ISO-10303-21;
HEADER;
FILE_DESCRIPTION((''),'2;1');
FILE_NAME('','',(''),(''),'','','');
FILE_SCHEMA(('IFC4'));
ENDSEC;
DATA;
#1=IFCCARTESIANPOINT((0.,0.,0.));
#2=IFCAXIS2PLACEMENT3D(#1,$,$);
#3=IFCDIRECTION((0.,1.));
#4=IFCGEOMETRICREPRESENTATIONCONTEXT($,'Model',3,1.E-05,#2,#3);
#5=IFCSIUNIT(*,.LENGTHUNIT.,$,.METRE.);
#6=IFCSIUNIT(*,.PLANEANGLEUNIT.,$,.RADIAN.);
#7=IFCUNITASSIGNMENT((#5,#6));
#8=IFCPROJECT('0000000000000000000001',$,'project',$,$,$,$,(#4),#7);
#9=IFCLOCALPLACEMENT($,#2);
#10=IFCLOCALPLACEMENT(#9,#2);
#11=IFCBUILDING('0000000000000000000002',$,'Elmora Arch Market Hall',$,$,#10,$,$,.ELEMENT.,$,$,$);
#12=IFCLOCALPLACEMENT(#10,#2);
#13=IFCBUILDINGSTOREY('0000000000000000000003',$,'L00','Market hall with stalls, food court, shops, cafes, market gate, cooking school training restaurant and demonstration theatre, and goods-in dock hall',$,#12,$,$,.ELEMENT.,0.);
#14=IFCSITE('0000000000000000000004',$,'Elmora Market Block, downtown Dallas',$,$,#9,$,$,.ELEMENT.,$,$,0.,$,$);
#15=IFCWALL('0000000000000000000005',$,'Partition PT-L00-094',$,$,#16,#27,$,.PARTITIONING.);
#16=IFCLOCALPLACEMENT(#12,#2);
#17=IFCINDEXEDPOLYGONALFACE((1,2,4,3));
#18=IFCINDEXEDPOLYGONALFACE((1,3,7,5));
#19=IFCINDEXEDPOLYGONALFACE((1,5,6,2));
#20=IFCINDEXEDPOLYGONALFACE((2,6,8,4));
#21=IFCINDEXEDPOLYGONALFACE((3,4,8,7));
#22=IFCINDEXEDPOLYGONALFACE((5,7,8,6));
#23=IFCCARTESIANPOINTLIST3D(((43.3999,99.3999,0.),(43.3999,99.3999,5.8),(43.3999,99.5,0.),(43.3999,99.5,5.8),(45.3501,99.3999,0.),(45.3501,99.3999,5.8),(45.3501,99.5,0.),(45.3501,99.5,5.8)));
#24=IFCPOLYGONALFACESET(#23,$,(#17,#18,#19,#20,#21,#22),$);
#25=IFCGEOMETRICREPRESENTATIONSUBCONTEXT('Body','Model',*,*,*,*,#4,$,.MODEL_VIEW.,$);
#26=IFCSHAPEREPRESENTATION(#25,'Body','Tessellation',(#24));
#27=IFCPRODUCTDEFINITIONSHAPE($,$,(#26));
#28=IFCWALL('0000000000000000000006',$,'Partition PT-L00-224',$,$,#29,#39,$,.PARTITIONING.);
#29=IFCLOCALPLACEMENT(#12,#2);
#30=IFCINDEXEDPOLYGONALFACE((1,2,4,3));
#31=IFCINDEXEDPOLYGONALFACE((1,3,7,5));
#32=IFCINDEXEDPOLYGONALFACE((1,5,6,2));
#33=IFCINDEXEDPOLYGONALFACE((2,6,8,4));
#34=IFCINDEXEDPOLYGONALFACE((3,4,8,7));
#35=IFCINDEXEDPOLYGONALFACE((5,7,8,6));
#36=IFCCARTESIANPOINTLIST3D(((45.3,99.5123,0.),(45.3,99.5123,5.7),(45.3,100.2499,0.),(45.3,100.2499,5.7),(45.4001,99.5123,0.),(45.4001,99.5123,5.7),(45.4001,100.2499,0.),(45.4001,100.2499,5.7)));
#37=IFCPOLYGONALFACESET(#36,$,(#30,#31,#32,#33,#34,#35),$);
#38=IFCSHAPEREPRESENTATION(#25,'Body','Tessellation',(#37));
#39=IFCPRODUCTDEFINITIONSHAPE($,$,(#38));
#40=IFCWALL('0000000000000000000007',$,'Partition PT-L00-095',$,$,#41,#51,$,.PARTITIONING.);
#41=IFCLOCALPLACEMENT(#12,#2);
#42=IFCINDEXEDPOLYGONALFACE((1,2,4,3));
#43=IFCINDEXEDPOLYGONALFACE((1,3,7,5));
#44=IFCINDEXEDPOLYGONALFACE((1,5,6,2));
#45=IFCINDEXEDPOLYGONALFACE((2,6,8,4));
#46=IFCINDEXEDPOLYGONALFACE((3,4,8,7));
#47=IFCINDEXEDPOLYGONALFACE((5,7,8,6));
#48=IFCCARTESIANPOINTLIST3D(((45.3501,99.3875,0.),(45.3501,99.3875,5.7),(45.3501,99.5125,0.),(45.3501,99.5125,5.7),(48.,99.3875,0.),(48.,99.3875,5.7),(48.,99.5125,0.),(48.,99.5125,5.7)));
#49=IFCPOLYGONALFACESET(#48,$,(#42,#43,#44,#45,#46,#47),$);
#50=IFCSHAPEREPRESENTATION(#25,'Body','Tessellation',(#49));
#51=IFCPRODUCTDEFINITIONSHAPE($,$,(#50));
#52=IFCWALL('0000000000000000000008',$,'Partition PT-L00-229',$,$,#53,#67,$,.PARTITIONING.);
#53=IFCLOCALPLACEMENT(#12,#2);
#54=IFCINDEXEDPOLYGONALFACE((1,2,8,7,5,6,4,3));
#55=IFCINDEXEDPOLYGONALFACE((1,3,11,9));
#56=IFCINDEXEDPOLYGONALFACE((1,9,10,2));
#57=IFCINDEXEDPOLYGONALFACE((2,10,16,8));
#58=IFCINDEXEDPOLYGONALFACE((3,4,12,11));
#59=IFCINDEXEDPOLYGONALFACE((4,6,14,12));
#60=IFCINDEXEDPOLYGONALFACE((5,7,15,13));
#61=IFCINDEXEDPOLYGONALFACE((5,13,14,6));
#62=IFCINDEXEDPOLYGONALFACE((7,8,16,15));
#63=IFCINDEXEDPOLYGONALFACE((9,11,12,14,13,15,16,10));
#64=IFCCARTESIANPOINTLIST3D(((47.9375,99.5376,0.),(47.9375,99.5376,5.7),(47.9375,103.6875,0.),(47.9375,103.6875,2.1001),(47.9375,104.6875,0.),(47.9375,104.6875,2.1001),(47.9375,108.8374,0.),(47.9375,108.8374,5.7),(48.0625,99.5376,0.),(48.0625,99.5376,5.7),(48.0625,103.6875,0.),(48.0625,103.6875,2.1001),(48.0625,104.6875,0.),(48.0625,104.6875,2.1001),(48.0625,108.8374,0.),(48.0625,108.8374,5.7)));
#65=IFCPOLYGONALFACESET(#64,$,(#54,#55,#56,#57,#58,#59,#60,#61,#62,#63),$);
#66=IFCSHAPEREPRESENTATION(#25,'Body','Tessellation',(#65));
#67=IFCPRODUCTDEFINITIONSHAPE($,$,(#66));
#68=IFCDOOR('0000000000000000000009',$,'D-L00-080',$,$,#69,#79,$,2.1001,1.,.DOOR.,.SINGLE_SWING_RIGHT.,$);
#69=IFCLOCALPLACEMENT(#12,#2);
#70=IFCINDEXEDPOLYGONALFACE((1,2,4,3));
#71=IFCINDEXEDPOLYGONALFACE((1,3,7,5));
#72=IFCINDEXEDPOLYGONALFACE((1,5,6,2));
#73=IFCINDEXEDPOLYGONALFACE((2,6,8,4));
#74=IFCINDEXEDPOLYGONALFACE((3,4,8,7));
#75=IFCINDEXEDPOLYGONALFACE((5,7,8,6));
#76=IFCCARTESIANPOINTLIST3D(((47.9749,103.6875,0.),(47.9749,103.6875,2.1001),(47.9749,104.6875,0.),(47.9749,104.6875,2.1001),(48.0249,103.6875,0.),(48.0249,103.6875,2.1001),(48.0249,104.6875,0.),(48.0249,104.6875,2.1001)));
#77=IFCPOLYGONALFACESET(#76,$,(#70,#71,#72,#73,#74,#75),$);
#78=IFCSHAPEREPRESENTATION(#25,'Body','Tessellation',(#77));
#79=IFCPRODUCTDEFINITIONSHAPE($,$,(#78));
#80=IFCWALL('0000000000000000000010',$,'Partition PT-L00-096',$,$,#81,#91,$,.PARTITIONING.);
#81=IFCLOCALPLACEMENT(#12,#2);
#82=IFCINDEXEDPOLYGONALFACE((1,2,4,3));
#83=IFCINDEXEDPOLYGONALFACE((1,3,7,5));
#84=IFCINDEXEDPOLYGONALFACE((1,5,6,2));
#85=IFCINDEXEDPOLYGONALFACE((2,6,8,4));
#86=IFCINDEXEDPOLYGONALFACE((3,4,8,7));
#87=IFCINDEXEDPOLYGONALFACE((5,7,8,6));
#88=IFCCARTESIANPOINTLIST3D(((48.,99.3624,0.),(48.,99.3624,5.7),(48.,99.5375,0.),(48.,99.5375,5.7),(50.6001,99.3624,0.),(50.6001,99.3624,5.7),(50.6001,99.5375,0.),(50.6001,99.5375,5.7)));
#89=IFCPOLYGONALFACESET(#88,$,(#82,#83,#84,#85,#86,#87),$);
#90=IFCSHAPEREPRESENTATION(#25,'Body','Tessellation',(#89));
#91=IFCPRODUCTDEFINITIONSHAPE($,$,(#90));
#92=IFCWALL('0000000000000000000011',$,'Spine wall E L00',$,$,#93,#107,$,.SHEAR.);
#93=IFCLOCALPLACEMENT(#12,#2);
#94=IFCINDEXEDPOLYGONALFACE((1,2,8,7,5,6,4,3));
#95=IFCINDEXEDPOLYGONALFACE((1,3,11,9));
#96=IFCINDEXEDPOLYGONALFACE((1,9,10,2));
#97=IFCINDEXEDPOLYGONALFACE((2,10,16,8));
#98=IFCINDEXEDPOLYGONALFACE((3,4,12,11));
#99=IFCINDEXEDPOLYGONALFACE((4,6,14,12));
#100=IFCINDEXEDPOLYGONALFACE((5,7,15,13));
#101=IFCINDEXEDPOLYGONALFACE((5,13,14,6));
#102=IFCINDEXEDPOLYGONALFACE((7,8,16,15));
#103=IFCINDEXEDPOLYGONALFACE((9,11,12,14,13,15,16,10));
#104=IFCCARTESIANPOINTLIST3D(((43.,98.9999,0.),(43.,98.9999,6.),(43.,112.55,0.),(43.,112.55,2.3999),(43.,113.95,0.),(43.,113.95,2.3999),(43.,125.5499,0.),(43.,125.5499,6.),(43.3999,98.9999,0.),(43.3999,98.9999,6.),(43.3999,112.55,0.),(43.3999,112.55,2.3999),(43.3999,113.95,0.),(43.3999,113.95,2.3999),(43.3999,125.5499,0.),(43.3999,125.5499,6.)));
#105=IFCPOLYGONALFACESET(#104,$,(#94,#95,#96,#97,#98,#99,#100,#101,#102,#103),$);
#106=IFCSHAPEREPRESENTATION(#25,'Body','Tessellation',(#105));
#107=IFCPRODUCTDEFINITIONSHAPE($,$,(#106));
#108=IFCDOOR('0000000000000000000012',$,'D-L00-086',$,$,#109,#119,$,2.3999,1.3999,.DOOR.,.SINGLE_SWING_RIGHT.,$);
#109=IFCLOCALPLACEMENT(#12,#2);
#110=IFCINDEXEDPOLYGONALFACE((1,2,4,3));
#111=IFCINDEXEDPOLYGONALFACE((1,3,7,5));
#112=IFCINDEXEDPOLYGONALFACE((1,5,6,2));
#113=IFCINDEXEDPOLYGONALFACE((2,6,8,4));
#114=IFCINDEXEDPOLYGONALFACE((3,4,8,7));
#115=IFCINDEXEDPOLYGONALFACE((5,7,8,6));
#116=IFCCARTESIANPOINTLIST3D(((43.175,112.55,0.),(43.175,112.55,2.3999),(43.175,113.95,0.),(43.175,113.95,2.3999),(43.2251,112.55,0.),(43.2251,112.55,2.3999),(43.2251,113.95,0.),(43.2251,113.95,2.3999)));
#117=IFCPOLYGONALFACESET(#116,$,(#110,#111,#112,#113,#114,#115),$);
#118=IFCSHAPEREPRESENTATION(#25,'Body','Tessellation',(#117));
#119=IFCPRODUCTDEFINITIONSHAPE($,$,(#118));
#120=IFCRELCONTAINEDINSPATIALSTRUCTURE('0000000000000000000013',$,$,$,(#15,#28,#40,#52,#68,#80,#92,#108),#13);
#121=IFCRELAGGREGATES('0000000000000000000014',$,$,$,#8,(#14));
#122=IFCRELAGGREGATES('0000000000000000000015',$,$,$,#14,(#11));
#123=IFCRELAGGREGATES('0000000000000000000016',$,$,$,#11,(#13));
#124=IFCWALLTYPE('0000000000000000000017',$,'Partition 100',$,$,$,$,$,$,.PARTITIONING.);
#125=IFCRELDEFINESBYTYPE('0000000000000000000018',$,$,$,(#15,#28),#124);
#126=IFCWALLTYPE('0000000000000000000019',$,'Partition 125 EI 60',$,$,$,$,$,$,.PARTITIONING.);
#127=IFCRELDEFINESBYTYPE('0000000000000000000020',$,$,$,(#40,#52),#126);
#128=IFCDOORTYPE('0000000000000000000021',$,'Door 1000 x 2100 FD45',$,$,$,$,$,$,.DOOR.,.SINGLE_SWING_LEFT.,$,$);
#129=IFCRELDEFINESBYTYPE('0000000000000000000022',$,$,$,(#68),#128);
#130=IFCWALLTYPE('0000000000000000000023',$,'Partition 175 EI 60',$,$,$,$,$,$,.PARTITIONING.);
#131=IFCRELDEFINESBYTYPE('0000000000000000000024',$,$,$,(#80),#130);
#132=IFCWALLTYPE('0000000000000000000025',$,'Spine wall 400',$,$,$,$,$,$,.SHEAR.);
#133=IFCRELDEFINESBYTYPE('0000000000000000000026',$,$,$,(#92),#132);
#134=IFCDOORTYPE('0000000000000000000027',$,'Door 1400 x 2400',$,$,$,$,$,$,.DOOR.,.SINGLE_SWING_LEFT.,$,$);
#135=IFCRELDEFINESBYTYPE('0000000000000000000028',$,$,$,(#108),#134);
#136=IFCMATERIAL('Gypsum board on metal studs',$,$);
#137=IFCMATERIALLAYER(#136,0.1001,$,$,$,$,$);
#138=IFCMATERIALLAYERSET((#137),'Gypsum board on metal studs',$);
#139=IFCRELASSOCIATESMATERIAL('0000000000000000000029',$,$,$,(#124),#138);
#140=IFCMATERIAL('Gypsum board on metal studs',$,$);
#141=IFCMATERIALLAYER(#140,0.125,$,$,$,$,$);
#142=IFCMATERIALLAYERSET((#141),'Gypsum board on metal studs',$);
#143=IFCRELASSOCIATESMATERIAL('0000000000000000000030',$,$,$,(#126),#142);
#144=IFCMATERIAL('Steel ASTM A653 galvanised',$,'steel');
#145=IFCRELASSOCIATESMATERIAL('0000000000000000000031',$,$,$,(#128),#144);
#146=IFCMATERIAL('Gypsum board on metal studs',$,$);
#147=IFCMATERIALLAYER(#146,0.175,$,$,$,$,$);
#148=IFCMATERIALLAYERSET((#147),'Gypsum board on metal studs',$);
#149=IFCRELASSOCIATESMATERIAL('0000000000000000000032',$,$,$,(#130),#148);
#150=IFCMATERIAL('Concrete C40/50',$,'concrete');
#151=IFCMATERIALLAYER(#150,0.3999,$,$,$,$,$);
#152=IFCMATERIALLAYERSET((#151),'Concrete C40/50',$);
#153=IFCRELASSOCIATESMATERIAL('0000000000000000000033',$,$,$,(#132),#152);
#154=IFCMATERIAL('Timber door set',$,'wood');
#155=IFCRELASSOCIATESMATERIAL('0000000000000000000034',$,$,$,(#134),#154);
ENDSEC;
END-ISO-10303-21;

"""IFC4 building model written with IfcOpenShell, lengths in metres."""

from ifc_helpers import new_model, si_unit, direction, frame, frame_2d, origin, place, context, subcontext, project, spatial, rectangle, extrude, material, layer, layer_set, type_object, element, fill, save


model = new_model("IFC4")

# Units and contexts
model_context = context("Model", 3, precision=1e-05, world=origin(), true_north=direction((0.0, 1.0)))
body_context = subcontext(model_context, "Body", "Model", "MODEL_VIEW")
ifc_project = project(units=[si_unit("LENGTHUNIT", "METRE"), si_unit("PLANEANGLEUNIT", "RADIAN")], contexts=[model_context])

# Site, building, storey
site_placement = place(None, origin())
site = spatial("IfcSite", under=ifc_project, at=site_placement, Name="Elmora Market Block, downtown Dallas", CompositionType="ELEMENT", RefElevation=0.0)
building_placement = place(site_placement, origin())
building = spatial("IfcBuilding", under=site, at=building_placement, Name="Elmora Arch Market Hall", CompositionType="ELEMENT")
storey_placement = place(building_placement, origin())
storey = spatial("IfcBuildingStorey", under=building, at=storey_placement, Name="L00", Description="Market hall with stalls, food court, shops, cafes, market gate, cooking school training restaurant and demonstration theatre, and goods-in dock hall", CompositionType="ELEMENT", Elevation=0.0)

# Walls
ifc_material_1 = material(Name="Gypsum board on metal studs")
ifc_layer_1 = layer(ifc_material_1, 0.1001)
ifc_layer_set_1 = layer_set([ifc_layer_1], Name="Gypsum board on metal studs")
wall_type_1 = type_object("IfcWallType", Name="Partition 100", PredefinedType="PARTITIONING", material=ifc_layer_set_1)
wall_1_placement = place(storey_placement, frame((43.3999, 99.45, 0.0), z_axis=(0.0, 0.0, 1.0), x_axis=(1.0, 0.0, 0.0)))
element("IfcWall", 1, at=wall_1_placement, inside=storey, type_object=wall_type_1, Name="Partition PT-L00-094", PredefinedType="PARTITIONING", context=body_context, shape_type="SweptSolid", body=[
    extrude(rectangle(XDim=1.9502, YDim=0.1001, at=frame_2d((0.9751, 0.0))), origin(), (0.0, 0.0, 1.0), 5.8),
])
wall_2_placement = place(storey_placement, frame((45.3501, 99.5125, 0.0), z_axis=(0.0, 0.0, 1.0), x_axis=(0.0, 1.0, 0.0)))
element("IfcWall", 2, at=wall_2_placement, inside=storey, type_object=wall_type_1, Name="Partition PT-L00-224", PredefinedType="PARTITIONING", context=body_context, shape_type="SweptSolid", body=[
    extrude(rectangle(XDim=0.7375, YDim=0.1001, at=frame_2d((0.3687, 0.0))), origin(), (0.0, 0.0, 1.0), 5.7),
])
ifc_material_2 = material(Name="Gypsum board on metal studs")
ifc_layer_2 = layer(ifc_material_2, 0.125)
ifc_layer_set_2 = layer_set([ifc_layer_2], Name="Gypsum board on metal studs")
wall_type_2 = type_object("IfcWallType", Name="Partition 125 EI 60", PredefinedType="PARTITIONING", material=ifc_layer_set_2)
wall_3_placement = place(storey_placement, frame((45.3501, 99.45, 0.0), z_axis=(0.0, 0.0, 1.0), x_axis=(1.0, 0.0, 0.0)))
element("IfcWall", 3, at=wall_3_placement, inside=storey, type_object=wall_type_2, Name="Partition PT-L00-095", PredefinedType="PARTITIONING", context=body_context, shape_type="SweptSolid", body=[
    extrude(rectangle(XDim=2.6499, YDim=0.125, at=frame_2d((1.325, 0.0))), origin(), (0.0, 0.0, 1.0), 5.7),
])

# Wall, opening, door
wall_4_placement = place(storey_placement, frame((48.0, 99.5376, 0.0), z_axis=(0.0, 0.0, 1.0), x_axis=(0.0, 1.0, 0.0)))
wall_4 = element("IfcWall", 4, at=wall_4_placement, inside=storey, type_object=wall_type_2, Name="Partition PT-L00-229", PredefinedType="PARTITIONING", context=body_context, shape_type="SweptSolid", body=[
    extrude(rectangle(XDim=9.2998, YDim=0.125, at=frame_2d((4.6499, 0.0))), origin(), (0.0, 0.0, 1.0), 5.7),
])
opening_1_placement = place(wall_4_placement, frame((4.1499, 0.0, 0.0)))
opening_1 = element("IfcOpeningElement", 5, at=opening_1_placement, cuts=wall_4, PredefinedType="OPENING", context=body_context, shape_type="SweptSolid", body=[
    extrude(rectangle(XDim=1.0, YDim=2.1001, at=frame_2d((0.5, 1.05))), frame((0.0, 0.0725, 0.0), z_axis=(0.0, -1.0, 0.0), x_axis=(1.0, 0.0, 0.0)), (0.0, 0.0, 1.0), 0.145),
])
ifc_material_3 = material(Name="Steel ASTM A653 galvanised", Category="steel")
door_type_1 = type_object("IfcDoorType", Name="Door 1000 x 2100 FD45", OperationType="SINGLE_SWING_LEFT", PredefinedType="DOOR", material=ifc_material_3)
door_1_placement = place(opening_1_placement, frame((1.0, 0.0, 0.0), z_axis=(0.0, 0.0, 1.0), x_axis=(-1.0, 0.0, 0.0)))
door_1 = element("IfcDoor", 6, at=door_1_placement, inside=storey, type_object=door_type_1, Name="D-L00-080", OperationType="SINGLE_SWING_RIGHT", OverallHeight=2.1001, OverallWidth=1.0, PredefinedType="DOOR", context=body_context, shape_type="SweptSolid", body=[
    extrude(rectangle(XDim=1.0, YDim=2.1001, at=frame_2d((0.5, 1.05))), frame((0.0, 0.0249, 0.0), z_axis=(0.0, -1.0, 0.0), x_axis=(1.0, 0.0, 0.0)), (0.0, 0.0, 1.0), 0.05),
])
fill(opening_1, door_1)

# Wall
ifc_material_4 = material(Name="Gypsum board on metal studs")
ifc_layer_3 = layer(ifc_material_4, 0.175)
ifc_layer_set_3 = layer_set([ifc_layer_3], Name="Gypsum board on metal studs")
wall_type_3 = type_object("IfcWallType", Name="Partition 175 EI 60", PredefinedType="PARTITIONING", material=ifc_layer_set_3)
wall_5_placement = place(storey_placement, frame((48.0, 99.45, 0.0), z_axis=(0.0, 0.0, 1.0), x_axis=(1.0, 0.0, 0.0)))
element("IfcWall", 7, at=wall_5_placement, inside=storey, type_object=wall_type_3, Name="Partition PT-L00-096", PredefinedType="PARTITIONING", context=body_context, shape_type="SweptSolid", body=[
    extrude(rectangle(XDim=2.6001, YDim=0.175, at=frame_2d((1.3, 0.0))), origin(), (0.0, 0.0, 1.0), 5.7),
])

# Wall, opening, door
ifc_material_5 = material(Name="Concrete C40/50", Category="concrete")
ifc_layer_4 = layer(ifc_material_5, 0.3999)
ifc_layer_set_4 = layer_set([ifc_layer_4], Name="Concrete C40/50")
wall_type_4 = type_object("IfcWallType", Name="Spine wall 400", PredefinedType="SHEAR", material=ifc_layer_set_4)
wall_6_placement = place(storey_placement, frame((43.2, 99.0, 0.0), z_axis=(0.0, 0.0, 1.0), x_axis=(0.0, 1.0, 0.0)))
wall_6 = element("IfcWall", 8, at=wall_6_placement, inside=storey, type_object=wall_type_4, Name="Spine wall E L00", PredefinedType="SHEAR", context=body_context, shape_type="SweptSolid", body=[
    extrude(rectangle(XDim=26.55, YDim=0.3999, at=frame_2d((13.2749, 0.0))), origin(), (0.0, 0.0, 1.0), 6.0),
])
opening_2_placement = place(wall_6_placement, frame((13.55, 0.0, 0.0)))
opening_2 = element("IfcOpeningElement", 9, at=opening_2_placement, cuts=wall_6, PredefinedType="OPENING", context=body_context, shape_type="SweptSolid", body=[
    extrude(rectangle(XDim=1.3999, YDim=2.3999, at=frame_2d((0.7, 1.2))), frame((0.0, 0.21, 0.0), z_axis=(0.0, -1.0, 0.0), x_axis=(1.0, 0.0, 0.0)), (0.0, 0.0, 1.0), 0.4199),
])
ifc_material_6 = material(Name="Timber door set", Category="wood")
door_type_2 = type_object("IfcDoorType", Name="Door 1400 x 2400", OperationType="SINGLE_SWING_LEFT", PredefinedType="DOOR", material=ifc_material_6)
door_2_placement = place(opening_2_placement, origin())
door_2 = element("IfcDoor", 10, at=door_2_placement, inside=storey, type_object=door_type_2, Name="D-L00-086", OperationType="SINGLE_SWING_RIGHT", OverallHeight=2.3999, OverallWidth=1.3999, PredefinedType="DOOR", context=body_context, shape_type="SweptSolid", body=[
    extrude(rectangle(XDim=1.3999, YDim=2.3999, at=frame_2d((0.7, 1.2))), frame((0.0, 0.0249, 0.0), z_axis=(0.0, -1.0, 0.0), x_axis=(1.0, 0.0, 0.0)), (0.0, 0.0, 1.0), 0.05),
])
fill(opening_2, door_2)

save(model, "model.ifc")
